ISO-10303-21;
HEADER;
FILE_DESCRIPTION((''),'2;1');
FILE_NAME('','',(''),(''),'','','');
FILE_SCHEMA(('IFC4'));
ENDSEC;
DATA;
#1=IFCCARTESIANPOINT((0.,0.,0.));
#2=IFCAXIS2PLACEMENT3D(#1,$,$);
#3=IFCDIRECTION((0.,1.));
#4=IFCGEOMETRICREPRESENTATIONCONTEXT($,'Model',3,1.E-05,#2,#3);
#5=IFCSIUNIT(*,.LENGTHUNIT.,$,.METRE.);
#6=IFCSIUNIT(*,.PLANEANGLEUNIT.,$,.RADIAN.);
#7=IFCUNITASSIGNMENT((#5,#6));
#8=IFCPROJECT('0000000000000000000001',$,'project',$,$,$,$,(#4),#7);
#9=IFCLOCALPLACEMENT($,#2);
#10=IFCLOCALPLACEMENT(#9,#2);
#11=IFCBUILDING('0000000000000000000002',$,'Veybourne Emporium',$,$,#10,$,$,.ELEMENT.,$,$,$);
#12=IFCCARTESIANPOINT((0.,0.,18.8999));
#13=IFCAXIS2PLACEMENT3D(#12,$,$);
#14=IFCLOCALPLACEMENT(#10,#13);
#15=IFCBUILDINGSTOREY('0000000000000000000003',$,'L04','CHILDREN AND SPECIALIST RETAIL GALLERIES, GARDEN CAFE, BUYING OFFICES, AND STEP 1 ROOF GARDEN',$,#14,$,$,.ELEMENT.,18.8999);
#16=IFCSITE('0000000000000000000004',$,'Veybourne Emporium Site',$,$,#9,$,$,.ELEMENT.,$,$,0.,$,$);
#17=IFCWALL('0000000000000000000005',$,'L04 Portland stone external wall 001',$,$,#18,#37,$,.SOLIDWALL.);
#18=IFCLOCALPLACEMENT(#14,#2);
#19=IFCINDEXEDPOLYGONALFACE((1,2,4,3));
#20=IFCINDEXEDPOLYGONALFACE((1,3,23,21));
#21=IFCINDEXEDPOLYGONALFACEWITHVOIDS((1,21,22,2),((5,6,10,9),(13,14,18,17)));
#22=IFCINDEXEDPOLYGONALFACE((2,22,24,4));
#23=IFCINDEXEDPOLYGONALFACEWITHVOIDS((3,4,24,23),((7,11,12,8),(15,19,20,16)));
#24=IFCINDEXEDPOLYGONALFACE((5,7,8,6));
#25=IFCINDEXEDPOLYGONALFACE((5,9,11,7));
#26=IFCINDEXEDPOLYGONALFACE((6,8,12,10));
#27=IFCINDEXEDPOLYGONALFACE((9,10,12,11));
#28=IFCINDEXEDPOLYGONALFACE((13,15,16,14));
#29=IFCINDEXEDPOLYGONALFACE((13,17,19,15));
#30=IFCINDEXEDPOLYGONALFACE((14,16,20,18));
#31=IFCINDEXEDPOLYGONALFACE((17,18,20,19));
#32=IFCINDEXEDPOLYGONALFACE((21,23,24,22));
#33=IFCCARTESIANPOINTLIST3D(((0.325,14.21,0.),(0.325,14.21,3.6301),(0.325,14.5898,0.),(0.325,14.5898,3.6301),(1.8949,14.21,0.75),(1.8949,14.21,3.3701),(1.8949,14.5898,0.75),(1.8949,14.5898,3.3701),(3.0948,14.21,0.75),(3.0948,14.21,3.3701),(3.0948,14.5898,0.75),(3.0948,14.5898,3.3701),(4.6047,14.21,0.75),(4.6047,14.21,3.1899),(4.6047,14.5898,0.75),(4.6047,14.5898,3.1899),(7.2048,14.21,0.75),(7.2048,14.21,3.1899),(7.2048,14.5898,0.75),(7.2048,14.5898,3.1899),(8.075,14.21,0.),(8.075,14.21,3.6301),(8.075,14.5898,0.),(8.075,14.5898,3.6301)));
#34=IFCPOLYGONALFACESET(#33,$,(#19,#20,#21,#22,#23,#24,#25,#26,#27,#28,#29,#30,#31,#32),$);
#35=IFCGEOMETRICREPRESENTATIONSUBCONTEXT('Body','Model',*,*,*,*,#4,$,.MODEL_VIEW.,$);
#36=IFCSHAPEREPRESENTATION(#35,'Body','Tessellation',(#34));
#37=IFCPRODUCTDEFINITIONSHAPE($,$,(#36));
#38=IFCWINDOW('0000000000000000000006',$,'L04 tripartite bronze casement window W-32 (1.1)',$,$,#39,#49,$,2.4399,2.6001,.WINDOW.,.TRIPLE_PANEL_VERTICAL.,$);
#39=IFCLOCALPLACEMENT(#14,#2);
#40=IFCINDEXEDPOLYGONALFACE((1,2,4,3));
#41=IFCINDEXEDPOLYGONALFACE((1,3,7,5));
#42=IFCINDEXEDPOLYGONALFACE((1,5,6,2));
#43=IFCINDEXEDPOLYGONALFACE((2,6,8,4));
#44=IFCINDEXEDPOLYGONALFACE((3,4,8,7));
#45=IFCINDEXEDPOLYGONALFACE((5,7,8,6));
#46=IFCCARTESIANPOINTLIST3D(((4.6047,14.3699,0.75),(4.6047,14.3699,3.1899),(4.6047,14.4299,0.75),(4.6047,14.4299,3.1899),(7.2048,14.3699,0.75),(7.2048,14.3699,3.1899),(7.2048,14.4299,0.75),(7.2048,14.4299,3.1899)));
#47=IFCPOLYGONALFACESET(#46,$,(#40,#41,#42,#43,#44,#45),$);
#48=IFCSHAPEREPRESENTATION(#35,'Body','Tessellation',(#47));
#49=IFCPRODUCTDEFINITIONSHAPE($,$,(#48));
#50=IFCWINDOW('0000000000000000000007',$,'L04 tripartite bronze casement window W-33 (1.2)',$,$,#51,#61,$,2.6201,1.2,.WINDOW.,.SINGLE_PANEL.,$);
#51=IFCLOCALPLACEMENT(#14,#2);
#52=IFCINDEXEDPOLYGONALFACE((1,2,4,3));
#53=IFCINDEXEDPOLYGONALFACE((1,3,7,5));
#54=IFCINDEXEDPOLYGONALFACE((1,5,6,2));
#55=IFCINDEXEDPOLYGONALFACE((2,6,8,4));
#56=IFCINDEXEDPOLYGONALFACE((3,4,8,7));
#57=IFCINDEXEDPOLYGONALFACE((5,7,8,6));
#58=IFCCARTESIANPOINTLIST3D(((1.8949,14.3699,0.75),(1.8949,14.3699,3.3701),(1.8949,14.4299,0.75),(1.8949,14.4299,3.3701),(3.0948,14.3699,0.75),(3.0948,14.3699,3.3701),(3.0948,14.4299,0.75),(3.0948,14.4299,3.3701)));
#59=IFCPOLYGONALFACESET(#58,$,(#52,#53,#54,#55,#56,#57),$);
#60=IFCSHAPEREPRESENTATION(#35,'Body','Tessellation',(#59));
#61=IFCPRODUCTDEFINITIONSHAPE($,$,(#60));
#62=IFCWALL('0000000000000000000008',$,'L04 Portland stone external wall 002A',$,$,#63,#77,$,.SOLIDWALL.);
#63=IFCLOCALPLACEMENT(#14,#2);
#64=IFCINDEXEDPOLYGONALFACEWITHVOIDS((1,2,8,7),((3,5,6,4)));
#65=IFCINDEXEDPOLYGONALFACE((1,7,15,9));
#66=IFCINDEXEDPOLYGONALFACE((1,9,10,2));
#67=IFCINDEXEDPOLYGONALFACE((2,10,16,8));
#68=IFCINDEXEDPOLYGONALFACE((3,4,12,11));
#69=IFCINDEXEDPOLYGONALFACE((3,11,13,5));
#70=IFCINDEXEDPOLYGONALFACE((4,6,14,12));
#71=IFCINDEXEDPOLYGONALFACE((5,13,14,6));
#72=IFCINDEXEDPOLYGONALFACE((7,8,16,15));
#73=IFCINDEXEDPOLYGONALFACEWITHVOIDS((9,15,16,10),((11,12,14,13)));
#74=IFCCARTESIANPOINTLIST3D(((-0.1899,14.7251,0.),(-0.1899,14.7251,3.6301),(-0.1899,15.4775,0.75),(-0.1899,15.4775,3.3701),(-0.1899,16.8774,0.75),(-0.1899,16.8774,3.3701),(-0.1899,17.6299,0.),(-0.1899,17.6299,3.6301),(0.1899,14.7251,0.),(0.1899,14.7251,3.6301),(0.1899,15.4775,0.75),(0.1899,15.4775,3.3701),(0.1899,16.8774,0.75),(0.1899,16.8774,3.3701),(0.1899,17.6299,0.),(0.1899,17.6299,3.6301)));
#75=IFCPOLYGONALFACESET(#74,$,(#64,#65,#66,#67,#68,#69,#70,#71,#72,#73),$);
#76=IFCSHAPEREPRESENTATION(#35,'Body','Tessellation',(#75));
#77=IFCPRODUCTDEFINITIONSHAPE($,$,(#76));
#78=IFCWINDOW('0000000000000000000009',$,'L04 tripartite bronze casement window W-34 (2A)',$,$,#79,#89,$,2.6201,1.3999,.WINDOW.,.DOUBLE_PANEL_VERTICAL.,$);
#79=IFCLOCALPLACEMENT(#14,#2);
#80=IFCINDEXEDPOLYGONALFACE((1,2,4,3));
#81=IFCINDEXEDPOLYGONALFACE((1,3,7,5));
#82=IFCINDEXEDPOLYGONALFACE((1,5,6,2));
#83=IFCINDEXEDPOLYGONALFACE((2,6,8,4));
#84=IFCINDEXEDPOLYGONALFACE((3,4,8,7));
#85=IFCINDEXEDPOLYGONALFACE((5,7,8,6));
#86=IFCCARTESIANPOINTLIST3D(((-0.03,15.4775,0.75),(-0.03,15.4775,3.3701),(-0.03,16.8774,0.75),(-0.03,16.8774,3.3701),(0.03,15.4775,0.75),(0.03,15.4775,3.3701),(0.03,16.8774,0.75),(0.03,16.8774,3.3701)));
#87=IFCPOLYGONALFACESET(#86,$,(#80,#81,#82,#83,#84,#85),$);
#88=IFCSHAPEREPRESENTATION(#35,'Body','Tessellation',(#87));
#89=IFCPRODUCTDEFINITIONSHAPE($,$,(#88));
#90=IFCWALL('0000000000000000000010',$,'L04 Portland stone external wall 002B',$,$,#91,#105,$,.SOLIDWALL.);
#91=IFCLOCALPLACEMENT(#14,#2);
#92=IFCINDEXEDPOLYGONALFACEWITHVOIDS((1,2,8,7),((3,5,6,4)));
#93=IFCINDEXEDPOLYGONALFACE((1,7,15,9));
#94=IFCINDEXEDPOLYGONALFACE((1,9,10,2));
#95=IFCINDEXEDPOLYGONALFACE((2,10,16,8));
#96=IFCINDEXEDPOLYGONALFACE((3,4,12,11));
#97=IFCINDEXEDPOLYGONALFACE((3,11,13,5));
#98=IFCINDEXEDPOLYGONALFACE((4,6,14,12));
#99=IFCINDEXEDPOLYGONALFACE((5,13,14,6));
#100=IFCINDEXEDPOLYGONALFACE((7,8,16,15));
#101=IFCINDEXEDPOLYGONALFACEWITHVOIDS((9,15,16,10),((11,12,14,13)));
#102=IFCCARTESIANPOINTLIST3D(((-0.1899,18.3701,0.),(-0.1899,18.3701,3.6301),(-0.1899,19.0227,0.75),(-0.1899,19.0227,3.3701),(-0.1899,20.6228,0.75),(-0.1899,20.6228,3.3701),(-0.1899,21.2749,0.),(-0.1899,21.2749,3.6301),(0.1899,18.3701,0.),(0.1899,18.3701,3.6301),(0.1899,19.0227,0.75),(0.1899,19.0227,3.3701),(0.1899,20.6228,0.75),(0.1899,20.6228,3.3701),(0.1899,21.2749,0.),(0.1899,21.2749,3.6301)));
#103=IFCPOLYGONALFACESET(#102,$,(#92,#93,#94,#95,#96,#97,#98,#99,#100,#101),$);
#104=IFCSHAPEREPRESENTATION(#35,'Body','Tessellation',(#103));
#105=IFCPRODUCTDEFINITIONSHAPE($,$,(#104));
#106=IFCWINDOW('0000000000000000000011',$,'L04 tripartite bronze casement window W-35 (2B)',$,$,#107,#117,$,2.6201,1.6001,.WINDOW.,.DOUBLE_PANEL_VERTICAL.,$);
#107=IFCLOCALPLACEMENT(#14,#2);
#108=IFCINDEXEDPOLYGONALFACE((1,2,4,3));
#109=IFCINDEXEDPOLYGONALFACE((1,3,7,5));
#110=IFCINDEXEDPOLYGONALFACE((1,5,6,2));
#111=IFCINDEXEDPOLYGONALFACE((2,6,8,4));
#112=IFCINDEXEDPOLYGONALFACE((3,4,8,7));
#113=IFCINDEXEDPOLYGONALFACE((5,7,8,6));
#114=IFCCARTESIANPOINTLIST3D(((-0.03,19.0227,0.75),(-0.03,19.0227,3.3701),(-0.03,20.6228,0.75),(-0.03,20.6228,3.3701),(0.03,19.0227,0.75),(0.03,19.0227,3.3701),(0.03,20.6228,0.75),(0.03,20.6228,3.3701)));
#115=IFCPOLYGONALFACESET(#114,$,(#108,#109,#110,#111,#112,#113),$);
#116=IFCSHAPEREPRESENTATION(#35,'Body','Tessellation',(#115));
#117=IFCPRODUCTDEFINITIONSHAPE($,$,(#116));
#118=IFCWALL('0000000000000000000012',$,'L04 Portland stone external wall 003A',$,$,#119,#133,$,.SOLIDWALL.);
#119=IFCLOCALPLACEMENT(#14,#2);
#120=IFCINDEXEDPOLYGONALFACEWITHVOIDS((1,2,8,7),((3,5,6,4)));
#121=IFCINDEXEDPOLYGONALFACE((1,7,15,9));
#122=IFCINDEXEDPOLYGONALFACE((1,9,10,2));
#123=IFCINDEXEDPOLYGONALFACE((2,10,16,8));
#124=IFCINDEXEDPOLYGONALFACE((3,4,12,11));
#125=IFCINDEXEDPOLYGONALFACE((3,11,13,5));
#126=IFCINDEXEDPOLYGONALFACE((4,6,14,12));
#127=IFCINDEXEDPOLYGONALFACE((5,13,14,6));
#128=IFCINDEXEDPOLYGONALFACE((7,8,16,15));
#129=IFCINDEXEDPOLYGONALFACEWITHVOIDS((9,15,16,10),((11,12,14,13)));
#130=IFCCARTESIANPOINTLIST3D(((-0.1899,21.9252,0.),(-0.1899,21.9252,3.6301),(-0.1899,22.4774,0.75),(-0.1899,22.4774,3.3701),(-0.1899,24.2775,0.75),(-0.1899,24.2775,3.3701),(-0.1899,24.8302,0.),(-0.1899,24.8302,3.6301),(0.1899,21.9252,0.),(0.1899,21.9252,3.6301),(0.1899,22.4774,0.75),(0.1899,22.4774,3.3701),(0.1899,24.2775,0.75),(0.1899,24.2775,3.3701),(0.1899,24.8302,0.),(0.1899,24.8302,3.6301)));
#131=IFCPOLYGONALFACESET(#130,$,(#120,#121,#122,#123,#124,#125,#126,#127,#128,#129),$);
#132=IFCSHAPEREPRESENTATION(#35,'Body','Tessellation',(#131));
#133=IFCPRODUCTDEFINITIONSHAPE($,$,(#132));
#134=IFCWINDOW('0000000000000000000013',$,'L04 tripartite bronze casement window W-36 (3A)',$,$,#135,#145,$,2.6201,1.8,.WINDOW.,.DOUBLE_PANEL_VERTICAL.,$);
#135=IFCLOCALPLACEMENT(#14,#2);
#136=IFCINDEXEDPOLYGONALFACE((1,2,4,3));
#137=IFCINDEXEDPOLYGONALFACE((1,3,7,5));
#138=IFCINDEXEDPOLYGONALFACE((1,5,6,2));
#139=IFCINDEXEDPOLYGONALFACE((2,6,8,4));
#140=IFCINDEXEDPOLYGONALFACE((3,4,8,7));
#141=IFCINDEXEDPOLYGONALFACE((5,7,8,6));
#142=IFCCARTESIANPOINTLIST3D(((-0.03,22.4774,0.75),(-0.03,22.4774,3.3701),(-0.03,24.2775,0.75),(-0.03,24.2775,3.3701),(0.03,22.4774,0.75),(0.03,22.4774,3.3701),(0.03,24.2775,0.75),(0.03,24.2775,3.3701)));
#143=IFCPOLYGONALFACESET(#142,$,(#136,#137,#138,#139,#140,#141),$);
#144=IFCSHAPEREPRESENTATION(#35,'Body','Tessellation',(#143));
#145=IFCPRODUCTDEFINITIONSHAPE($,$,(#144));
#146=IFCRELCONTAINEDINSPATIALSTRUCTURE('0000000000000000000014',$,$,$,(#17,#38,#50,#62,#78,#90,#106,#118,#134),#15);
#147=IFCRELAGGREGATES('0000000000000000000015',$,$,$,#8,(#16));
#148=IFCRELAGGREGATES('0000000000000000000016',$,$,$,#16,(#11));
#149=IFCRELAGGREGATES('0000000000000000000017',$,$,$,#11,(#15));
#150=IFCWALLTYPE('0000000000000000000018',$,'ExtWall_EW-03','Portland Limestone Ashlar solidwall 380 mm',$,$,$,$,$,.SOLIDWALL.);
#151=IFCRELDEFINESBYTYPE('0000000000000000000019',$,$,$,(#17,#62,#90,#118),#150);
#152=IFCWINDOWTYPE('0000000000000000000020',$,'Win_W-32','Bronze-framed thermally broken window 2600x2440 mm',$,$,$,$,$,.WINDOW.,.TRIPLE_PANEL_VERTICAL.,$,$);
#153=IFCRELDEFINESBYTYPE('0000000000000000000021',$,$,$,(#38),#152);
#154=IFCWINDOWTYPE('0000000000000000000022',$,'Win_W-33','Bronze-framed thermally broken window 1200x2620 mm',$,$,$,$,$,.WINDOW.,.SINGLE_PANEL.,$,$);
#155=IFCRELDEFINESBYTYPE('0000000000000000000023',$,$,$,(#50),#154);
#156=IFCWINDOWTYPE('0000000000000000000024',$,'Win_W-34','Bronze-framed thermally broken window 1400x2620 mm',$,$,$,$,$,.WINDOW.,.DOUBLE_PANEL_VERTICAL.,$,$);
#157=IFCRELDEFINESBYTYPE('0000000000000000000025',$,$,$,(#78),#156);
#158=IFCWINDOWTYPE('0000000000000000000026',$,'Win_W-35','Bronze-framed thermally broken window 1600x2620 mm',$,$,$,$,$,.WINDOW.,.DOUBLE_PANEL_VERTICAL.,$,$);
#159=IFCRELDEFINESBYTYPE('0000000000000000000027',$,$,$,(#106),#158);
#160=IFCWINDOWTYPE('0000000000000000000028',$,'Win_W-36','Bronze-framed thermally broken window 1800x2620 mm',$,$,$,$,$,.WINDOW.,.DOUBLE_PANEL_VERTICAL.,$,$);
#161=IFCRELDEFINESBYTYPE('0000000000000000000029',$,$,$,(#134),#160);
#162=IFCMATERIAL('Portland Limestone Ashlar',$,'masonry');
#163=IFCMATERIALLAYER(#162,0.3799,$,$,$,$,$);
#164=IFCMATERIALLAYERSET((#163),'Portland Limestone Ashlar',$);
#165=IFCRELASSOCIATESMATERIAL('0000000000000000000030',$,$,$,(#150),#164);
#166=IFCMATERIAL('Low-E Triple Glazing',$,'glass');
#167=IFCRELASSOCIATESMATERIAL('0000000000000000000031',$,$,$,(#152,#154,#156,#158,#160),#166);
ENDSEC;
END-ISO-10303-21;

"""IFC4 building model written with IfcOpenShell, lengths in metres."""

from ifc_helpers import new_model, si_unit, direction, frame, frame_2d, origin, place, context, subcontext, project, spatial, rectangle, extrude, material, layer, layer_set, type_object, element, fill, save


model = new_model("IFC4")

# Units and contexts
model_context = context("Model", 3, precision=1e-05, world=origin(), true_north=direction((0.0, 1.0)))
body_context = subcontext(model_context, "Body", "Model", "MODEL_VIEW")
ifc_project = project(units=[si_unit("LENGTHUNIT", "METRE"), si_unit("PLANEANGLEUNIT", "RADIAN")], contexts=[model_context])

# Site, building, storey
site_placement = place(None, origin())
site = spatial("IfcSite", under=ifc_project, at=site_placement, Name="Veybourne Emporium Site", CompositionType="ELEMENT", RefElevation=0.0)
building_placement = place(site_placement, origin())
building = spatial("IfcBuilding", under=site, at=building_placement, Name="Veybourne Emporium", CompositionType="ELEMENT")
storey_placement = place(building_placement, frame((0.0, 0.0, 18.8999)))
storey = spatial("IfcBuildingStorey", under=building, at=storey_placement, Name="L04", Description="CHILDREN AND SPECIALIST RETAIL GALLERIES, GARDEN CAFE, BUYING OFFICES, AND STEP 1 ROOF GARDEN", CompositionType="ELEMENT", Elevation=18.8999)

# Wall, openings, windows
ifc_material_1 = material(Name="Portland Limestone Ashlar", Category="masonry")
ifc_layer_1 = layer(ifc_material_1, 0.3799)
ifc_layer_set_1 = layer_set([ifc_layer_1], Name="Portland Limestone Ashlar")
wall_type = type_object("IfcWallType", Name="ExtWall_EW-03", Description="Portland Limestone Ashlar solidwall 380 mm", PredefinedType="SOLIDWALL", material=ifc_layer_set_1)
wall_1_placement = place(storey_placement, frame((8.075, 14.3999, 0.0), z_axis=(0.0, 0.0, 1.0), x_axis=(-1.0, 0.0, 0.0)))
wall_1 = element("IfcWall", 1, at=wall_1_placement, inside=storey, type_object=wall_type, Name="L04 Portland stone external wall 001", PredefinedType="SOLIDWALL", context=body_context, shape_type="SweptSolid", body=[
    extrude(rectangle(XDim=7.75, YDim=0.3799, at=frame_2d((3.875, 0.0))), origin(), (0.0, 0.0, 1.0), 3.6301),
])
opening_1_placement = place(wall_1_placement, frame((0.8701, 0.0, 0.75)))
opening_1 = element("IfcOpeningElement", 2, at=opening_1_placement, cuts=wall_1, PredefinedType="OPENING", context=body_context, shape_type="SweptSolid", body=[
    extrude(rectangle(XDim=2.6001, YDim=2.4399, at=frame_2d((1.3, 1.22))), frame((0.0, 0.21, 0.0), z_axis=(0.0, -1.0, 0.0), x_axis=(1.0, 0.0, 0.0)), (0.0, 0.0, 1.0), 0.4199),
])
opening_2_placement = place(wall_1_placement, frame((4.98, 0.0, 0.75)))
opening_2 = element("IfcOpeningElement", 3, at=opening_2_placement, cuts=wall_1, PredefinedType="OPENING", context=body_context, shape_type="SweptSolid", body=[
    extrude(rectangle(XDim=1.2, YDim=2.6201, at=frame_2d((0.6001, 1.3101))), frame((0.0, 0.21, 0.0), z_axis=(0.0, -1.0, 0.0), x_axis=(1.0, 0.0, 0.0)), (0.0, 0.0, 1.0), 0.4199),
])
ifc_material_2 = material(Name="Low-E Triple Glazing", Category="glass")
window_type_1 = type_object("IfcWindowType", Name="Win_W-32", Description="Bronze-framed thermally broken window 2600x2440 mm", PartitioningType="TRIPLE_PANEL_VERTICAL", PredefinedType="WINDOW", material=ifc_material_2)
window_1_placement = place(opening_1_placement, origin())
window_1 = element("IfcWindow", 4, at=window_1_placement, inside=storey, type_object=window_type_1, Name="L04 tripartite bronze casement window W-32 (1.1)", OverallHeight=2.4399, OverallWidth=2.6001, PartitioningType="TRIPLE_PANEL_VERTICAL", PredefinedType="WINDOW", context=body_context, shape_type="SweptSolid", body=[
    extrude(rectangle(XDim=2.6001, YDim=2.4399, at=frame_2d((1.3, 1.22))), frame((0.0, 0.03, 0.0), z_axis=(0.0, -1.0, 0.0), x_axis=(1.0, 0.0, 0.0)), (0.0, 0.0, 1.0), 0.0601),
])
fill(opening_1, window_1)
window_type_2 = type_object("IfcWindowType", Name="Win_W-33", Description="Bronze-framed thermally broken window 1200x2620 mm", PartitioningType="SINGLE_PANEL", PredefinedType="WINDOW", material=ifc_material_2)
window_2_placement = place(opening_2_placement, origin())
window_2 = element("IfcWindow", 5, at=window_2_placement, inside=storey, type_object=window_type_2, Name="L04 tripartite bronze casement window W-33 (1.2)", OverallHeight=2.6201, OverallWidth=1.2, PartitioningType="SINGLE_PANEL", PredefinedType="WINDOW", context=body_context, shape_type="SweptSolid", body=[
    extrude(rectangle(XDim=1.2, YDim=2.6201, at=frame_2d((0.6001, 1.3101))), frame((0.0, 0.03, 0.0), z_axis=(0.0, -1.0, 0.0), x_axis=(1.0, 0.0, 0.0)), (0.0, 0.0, 1.0), 0.0601),
])
fill(opening_2, window_2)

# Walls, openings, windows
wall_2_placement = place(storey_placement, frame((0.0, 14.7251, 0.0), z_axis=(0.0, 0.0, 1.0), x_axis=(0.0, 1.0, 0.0)))
wall_2 = element("IfcWall", 6, at=wall_2_placement, inside=storey, type_object=wall_type, Name="L04 Portland stone external wall 002A", PredefinedType="SOLIDWALL", context=body_context, shape_type="SweptSolid", body=[
    extrude(rectangle(XDim=2.9048, YDim=0.3799, at=frame_2d((1.4524, 0.0))), origin(), (0.0, 0.0, 1.0), 3.6301),
])
opening_3_placement = place(wall_2_placement, frame((0.7524, 0.0, 0.75)))
opening_3 = element("IfcOpeningElement", 7, at=opening_3_placement, cuts=wall_2, PredefinedType="OPENING", context=body_context, shape_type="SweptSolid", body=[
    extrude(rectangle(XDim=1.3999, YDim=2.6201, at=frame_2d((0.7, 1.3101))), frame((0.0, 0.21, 0.0), z_axis=(0.0, -1.0, 0.0), x_axis=(1.0, 0.0, 0.0)), (0.0, 0.0, 1.0), 0.4199),
])
window_type_3 = type_object("IfcWindowType", Name="Win_W-34", Description="Bronze-framed thermally broken window 1400x2620 mm", PartitioningType="DOUBLE_PANEL_VERTICAL", PredefinedType="WINDOW", material=ifc_material_2)
window_3_placement = place(opening_3_placement, origin())
window_3 = element("IfcWindow", 8, at=window_3_placement, inside=storey, type_object=window_type_3, Name="L04 tripartite bronze casement window W-34 (2A)", OverallHeight=2.6201, OverallWidth=1.3999, PartitioningType="DOUBLE_PANEL_VERTICAL", PredefinedType="WINDOW", context=body_context, shape_type="SweptSolid", body=[
    extrude(rectangle(XDim=1.3999, YDim=2.6201, at=frame_2d((0.7, 1.3101))), frame((0.0, 0.03, 0.0), z_axis=(0.0, -1.0, 0.0), x_axis=(1.0, 0.0, 0.0)), (0.0, 0.0, 1.0), 0.0601),
])
fill(opening_3, window_3)
wall_3_placement = place(storey_placement, frame((0.0, 18.3701, 0.0), z_axis=(0.0, 0.0, 1.0), x_axis=(0.0, 1.0, 0.0)))
wall_3 = element("IfcWall", 9, at=wall_3_placement, inside=storey, type_object=wall_type, Name="L04 Portland stone external wall 002B", PredefinedType="SOLIDWALL", context=body_context, shape_type="SweptSolid", body=[
    extrude(rectangle(XDim=2.9048, YDim=0.3799, at=frame_2d((1.4524, 0.0))), origin(), (0.0, 0.0, 1.0), 3.6301),
])
opening_4_placement = place(wall_3_placement, frame((0.6526, 0.0, 0.75)))
opening_4 = element("IfcOpeningElement", 10, at=opening_4_placement, cuts=wall_3, PredefinedType="OPENING", context=body_context, shape_type="SweptSolid", body=[
    extrude(rectangle(XDim=1.6001, YDim=2.6201, at=frame_2d((0.8, 1.3101))), frame((0.0, 0.21, 0.0), z_axis=(0.0, -1.0, 0.0), x_axis=(1.0, 0.0, 0.0)), (0.0, 0.0, 1.0), 0.4199),
])
window_type_4 = type_object("IfcWindowType", Name="Win_W-35", Description="Bronze-framed thermally broken window 1600x2620 mm", PartitioningType="DOUBLE_PANEL_VERTICAL", PredefinedType="WINDOW", material=ifc_material_2)
window_4_placement = place(opening_4_placement, origin())
window_4 = element("IfcWindow", 11, at=window_4_placement, inside=storey, type_object=window_type_4, Name="L04 tripartite bronze casement window W-35 (2B)", OverallHeight=2.6201, OverallWidth=1.6001, PartitioningType="DOUBLE_PANEL_VERTICAL", PredefinedType="WINDOW", context=body_context, shape_type="SweptSolid", body=[
    extrude(rectangle(XDim=1.6001, YDim=2.6201, at=frame_2d((0.8, 1.3101))), frame((0.0, 0.03, 0.0), z_axis=(0.0, -1.0, 0.0), x_axis=(1.0, 0.0, 0.0)), (0.0, 0.0, 1.0), 0.0601),
])
fill(opening_4, window_4)
wall_4_placement = place(storey_placement, frame((0.0, 21.925, 0.0), z_axis=(0.0, 0.0, 1.0), x_axis=(0.0, 1.0, 0.0)))
wall_4 = element("IfcWall", 12, at=wall_4_placement, inside=storey, type_object=wall_type, Name="L04 Portland stone external wall 003A", PredefinedType="SOLIDWALL", context=body_context, shape_type="SweptSolid", body=[
    extrude(rectangle(XDim=2.905, YDim=0.3799, at=frame_2d((1.4526, 0.0))), origin(), (0.0, 0.0, 1.0), 3.6301),
])
opening_5_placement = place(wall_4_placement, frame((0.5525, 0.0, 0.75)))
opening_5 = element("IfcOpeningElement", 13, at=opening_5_placement, cuts=wall_4, PredefinedType="OPENING", context=body_context, shape_type="SweptSolid", body=[
    extrude(rectangle(XDim=1.8, YDim=2.6201, at=frame_2d((0.8999, 1.3101))), frame((0.0, 0.21, 0.0), z_axis=(0.0, -1.0, 0.0), x_axis=(1.0, 0.0, 0.0)), (0.0, 0.0, 1.0), 0.4199),
])
window_type_5 = type_object("IfcWindowType", Name="Win_W-36", Description="Bronze-framed thermally broken window 1800x2620 mm", PartitioningType="DOUBLE_PANEL_VERTICAL", PredefinedType="WINDOW", material=ifc_material_2)
window_5_placement = place(opening_5_placement, origin())
window_5 = element("IfcWindow", 14, at=window_5_placement, inside=storey, type_object=window_type_5, Name="L04 tripartite bronze casement window W-36 (3A)", OverallHeight=2.6201, OverallWidth=1.8, PartitioningType="DOUBLE_PANEL_VERTICAL", PredefinedType="WINDOW", context=body_context, shape_type="SweptSolid", body=[
    extrude(rectangle(XDim=1.8, YDim=2.6201, at=frame_2d((0.8999, 1.3101))), frame((0.0, 0.03, 0.0), z_axis=(0.0, -1.0, 0.0), x_axis=(1.0, 0.0, 0.0)), (0.0, 0.0, 1.0), 0.0601),
])
fill(opening_5, window_5)

save(model, "model.ifc")
